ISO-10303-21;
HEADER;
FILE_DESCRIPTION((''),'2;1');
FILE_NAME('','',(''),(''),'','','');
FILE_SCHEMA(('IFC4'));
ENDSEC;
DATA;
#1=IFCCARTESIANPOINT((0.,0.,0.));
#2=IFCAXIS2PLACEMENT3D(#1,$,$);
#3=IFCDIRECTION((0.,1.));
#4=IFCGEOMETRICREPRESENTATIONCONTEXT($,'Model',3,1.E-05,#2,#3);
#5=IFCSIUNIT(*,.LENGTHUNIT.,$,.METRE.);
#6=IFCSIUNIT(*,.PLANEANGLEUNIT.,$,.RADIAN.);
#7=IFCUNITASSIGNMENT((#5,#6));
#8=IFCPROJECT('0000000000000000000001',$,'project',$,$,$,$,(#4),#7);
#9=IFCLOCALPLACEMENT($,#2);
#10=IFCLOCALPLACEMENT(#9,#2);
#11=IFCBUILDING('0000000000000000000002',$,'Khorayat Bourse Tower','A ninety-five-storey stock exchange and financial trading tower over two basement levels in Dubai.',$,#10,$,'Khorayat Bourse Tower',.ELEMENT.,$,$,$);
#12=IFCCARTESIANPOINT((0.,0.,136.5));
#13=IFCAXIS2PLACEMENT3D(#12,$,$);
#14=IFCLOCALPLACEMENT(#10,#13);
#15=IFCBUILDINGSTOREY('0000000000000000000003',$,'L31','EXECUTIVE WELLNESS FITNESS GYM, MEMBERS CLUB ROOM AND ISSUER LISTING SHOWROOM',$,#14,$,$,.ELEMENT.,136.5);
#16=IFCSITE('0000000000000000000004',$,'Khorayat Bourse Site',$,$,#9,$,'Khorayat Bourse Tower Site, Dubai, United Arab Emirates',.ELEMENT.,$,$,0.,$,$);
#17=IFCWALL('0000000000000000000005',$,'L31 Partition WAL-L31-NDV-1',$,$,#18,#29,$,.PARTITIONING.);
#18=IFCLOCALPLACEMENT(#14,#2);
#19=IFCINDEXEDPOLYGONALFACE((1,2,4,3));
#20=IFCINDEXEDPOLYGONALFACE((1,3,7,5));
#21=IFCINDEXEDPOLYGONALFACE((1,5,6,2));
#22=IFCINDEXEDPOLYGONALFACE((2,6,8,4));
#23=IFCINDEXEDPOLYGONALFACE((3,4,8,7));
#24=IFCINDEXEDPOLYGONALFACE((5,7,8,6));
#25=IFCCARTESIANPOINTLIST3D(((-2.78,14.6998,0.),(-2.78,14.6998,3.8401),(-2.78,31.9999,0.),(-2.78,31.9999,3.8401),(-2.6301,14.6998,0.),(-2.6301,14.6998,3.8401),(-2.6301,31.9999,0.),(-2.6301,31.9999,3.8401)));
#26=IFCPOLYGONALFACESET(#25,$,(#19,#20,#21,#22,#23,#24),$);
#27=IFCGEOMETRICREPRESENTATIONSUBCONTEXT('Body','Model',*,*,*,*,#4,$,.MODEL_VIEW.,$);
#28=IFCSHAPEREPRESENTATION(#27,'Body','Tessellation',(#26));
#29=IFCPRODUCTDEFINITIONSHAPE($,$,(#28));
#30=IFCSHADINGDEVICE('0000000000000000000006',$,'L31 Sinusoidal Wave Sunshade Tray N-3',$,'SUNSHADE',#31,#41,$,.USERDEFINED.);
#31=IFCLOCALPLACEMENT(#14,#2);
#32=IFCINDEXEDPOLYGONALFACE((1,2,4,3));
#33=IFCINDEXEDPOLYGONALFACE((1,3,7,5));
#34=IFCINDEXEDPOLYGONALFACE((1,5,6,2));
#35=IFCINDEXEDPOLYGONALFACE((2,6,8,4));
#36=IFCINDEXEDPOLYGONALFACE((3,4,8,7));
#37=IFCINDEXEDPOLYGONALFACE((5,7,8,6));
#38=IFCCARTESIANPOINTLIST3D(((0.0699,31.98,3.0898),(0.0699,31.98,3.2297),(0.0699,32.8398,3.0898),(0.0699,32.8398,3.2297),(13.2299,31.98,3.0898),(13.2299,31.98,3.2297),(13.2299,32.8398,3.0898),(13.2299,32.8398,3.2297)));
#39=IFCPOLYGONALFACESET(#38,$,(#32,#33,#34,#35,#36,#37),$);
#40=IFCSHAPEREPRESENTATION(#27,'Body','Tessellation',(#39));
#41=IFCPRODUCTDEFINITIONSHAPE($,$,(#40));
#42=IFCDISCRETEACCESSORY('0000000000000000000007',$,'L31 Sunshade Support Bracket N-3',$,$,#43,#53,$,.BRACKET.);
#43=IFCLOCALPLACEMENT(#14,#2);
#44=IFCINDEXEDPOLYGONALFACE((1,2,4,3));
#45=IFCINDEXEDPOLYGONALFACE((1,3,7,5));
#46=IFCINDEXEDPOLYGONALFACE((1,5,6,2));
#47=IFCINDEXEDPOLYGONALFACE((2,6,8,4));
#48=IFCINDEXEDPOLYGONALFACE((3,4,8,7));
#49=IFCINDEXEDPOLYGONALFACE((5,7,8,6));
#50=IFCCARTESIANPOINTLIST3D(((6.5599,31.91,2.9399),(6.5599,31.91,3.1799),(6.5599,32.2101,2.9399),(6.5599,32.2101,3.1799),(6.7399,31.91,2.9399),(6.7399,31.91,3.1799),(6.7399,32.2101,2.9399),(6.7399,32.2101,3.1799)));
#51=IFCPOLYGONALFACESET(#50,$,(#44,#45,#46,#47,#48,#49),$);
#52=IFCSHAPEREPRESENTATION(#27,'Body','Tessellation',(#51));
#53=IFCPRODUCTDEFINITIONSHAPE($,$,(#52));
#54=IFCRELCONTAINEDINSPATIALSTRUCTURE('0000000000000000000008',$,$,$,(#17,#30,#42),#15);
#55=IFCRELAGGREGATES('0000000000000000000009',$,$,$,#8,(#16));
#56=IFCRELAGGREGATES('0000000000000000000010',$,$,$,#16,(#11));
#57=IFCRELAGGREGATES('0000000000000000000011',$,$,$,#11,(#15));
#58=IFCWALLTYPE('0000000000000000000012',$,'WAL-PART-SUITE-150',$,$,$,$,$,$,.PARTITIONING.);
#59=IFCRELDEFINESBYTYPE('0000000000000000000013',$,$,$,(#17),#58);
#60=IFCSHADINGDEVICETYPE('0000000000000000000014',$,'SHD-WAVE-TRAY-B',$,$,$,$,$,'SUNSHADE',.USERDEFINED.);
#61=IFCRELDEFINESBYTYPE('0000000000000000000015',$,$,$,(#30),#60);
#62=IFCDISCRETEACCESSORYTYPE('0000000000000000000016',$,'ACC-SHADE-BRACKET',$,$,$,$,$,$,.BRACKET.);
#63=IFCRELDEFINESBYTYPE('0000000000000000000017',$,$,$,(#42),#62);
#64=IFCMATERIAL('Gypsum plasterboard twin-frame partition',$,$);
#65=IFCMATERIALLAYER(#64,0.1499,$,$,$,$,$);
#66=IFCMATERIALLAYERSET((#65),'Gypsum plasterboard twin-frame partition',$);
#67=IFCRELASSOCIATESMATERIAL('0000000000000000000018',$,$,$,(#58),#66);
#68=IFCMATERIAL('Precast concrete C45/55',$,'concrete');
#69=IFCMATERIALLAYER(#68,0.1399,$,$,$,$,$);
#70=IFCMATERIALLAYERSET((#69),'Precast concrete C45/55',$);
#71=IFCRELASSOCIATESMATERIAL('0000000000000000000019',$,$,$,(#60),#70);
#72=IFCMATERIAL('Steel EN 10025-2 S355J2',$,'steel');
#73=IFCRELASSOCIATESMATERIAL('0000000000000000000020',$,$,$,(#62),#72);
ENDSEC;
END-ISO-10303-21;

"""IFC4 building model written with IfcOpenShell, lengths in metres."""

from ifc_helpers import new_model, si_unit, direction, frame, frame_2d, origin, origin_2d, place, context, subcontext, project, spatial, rectangle, extrude, source, transform, mapped, material, layer, layer_set, type_object, element, save


model = new_model("IFC4")

# Units and contexts
model_context = context("Model", 3, precision=1e-05, world=origin(), true_north=direction((0.0, 1.0)))
body_context = subcontext(model_context, "Body", "Model", "MODEL_VIEW")
ifc_project = project(units=[si_unit("LENGTHUNIT", "METRE"), si_unit("PLANEANGLEUNIT", "RADIAN")], contexts=[model_context])

# Site, building, storey
site_placement = place(None, origin())
site = spatial("IfcSite", under=ifc_project, at=site_placement, Name="Khorayat Bourse Site", LongName="Khorayat Bourse Tower Site, Dubai, United Arab Emirates", CompositionType="ELEMENT", RefElevation=0.0)
building_placement = place(site_placement, origin())
building = spatial("IfcBuilding", under=site, at=building_placement, Name="Khorayat Bourse Tower", Description="A ninety-five-storey stock exchange and financial trading tower over two basement levels in Dubai.", LongName="Khorayat Bourse Tower", CompositionType="ELEMENT")
storey_placement = place(building_placement, frame((0.0, 0.0, 136.5)))
storey = spatial("IfcBuildingStorey", under=building, at=storey_placement, Name="L31", Description="EXECUTIVE WELLNESS FITNESS GYM, MEMBERS CLUB ROOM AND ISSUER LISTING SHOWROOM", CompositionType="ELEMENT", Elevation=136.5)

# Shared definitions
ifc_material_1 = material(Name="Steel EN 10025-2 S355J2", Category="steel")

# Wall
ifc_material_2 = material(Name="Gypsum plasterboard twin-frame partition")
ifc_layer_1 = layer(ifc_material_2, 0.1499)
ifc_layer_set_1 = layer_set([ifc_layer_1], Name="Gypsum plasterboard twin-frame partition")
wall_type_1 = type_object("IfcWallType", Name="WAL-PART-SUITE-150", PredefinedType="PARTITIONING", material=ifc_layer_set_1)
shared_shape_1 = source(origin(), body_context, "Body", "SweptSolid", [
    extrude(rectangle(XDim=17.3, YDim=0.1499, at=frame_2d((8.6499, 0.0))), origin(), (0.0, 0.0, 1.0), 3.8401),
])
wall_1_placement = place(storey_placement, frame((-2.7051, 14.7, 0.0), z_axis=(0.0, 0.0, 1.0), x_axis=(0.0, 1.0, 0.0)))
element("IfcWall", 1, at=wall_1_placement, inside=storey, type_object=wall_type_1, Name="L31 Partition WAL-L31-NDV-1", PredefinedType="PARTITIONING", context=body_context, shape_type="MappedRepresentation", body=[
    mapped(shared_shape_1, transform((0.0, 0.0, 0.0), scale=1.0)),
])

# Shading device
ifc_material_3 = material(Name="Precast concrete C45/55", Category="concrete")
ifc_layer_2 = layer(ifc_material_3, 0.1399)
ifc_layer_set_2 = layer_set([ifc_layer_2], Name="Precast concrete C45/55")
shading_device_type = type_object("IfcShadingDeviceType", Name="SHD-WAVE-TRAY-B", ElementType="SUNSHADE", PredefinedType="USERDEFINED", material=ifc_layer_set_2)
shared_shape_2 = source(origin(), body_context, "Body", "SweptSolid", [
    extrude(rectangle(XDim=13.1599, YDim=0.8599, at=origin_2d()), origin(), (0.0, 0.0, 1.0), 0.1399),
])
shading_device_placement = place(storey_placement, frame((6.6499, 32.4099, 3.0898), z_axis=(0.0, 0.0, 1.0), x_axis=(1.0, 0.0, 0.0)))
element("IfcShadingDevice", 2, at=shading_device_placement, inside=storey, type_object=shading_device_type, Name="L31 Sinusoidal Wave Sunshade Tray N-3", ObjectType="SUNSHADE", PredefinedType="USERDEFINED", context=body_context, shape_type="MappedRepresentation", body=[
    mapped(shared_shape_2, transform((0.0, 0.0, 0.0), scale=1.0)),
])

# Discrete accessory
discrete_accessory_type = type_object("IfcDiscreteAccessoryType", Name="ACC-SHADE-BRACKET", PredefinedType="BRACKET", material=ifc_material_1)
shared_shape_3 = source(origin(), body_context, "Body", "SweptSolid", [
    extrude(rectangle(XDim=0.1799, YDim=0.3, at=origin_2d()), origin(), (0.0, 0.0, 1.0), 0.24),
])
discrete_accessory_placement = place(storey_placement, frame((6.6499, 32.0601, 2.9399), z_axis=(0.0, 0.0, 1.0), x_axis=(1.0, 0.0, 0.0)))
element("IfcDiscreteAccessory", 3, at=discrete_accessory_placement, inside=storey, type_object=discrete_accessory_type, Name="L31 Sunshade Support Bracket N-3", PredefinedType="BRACKET", context=body_context, shape_type="MappedRepresentation", body=[
    mapped(shared_shape_3, transform((0.0, 0.0, 0.0), scale=1.0)),
])

save(model, "model.ifc")
